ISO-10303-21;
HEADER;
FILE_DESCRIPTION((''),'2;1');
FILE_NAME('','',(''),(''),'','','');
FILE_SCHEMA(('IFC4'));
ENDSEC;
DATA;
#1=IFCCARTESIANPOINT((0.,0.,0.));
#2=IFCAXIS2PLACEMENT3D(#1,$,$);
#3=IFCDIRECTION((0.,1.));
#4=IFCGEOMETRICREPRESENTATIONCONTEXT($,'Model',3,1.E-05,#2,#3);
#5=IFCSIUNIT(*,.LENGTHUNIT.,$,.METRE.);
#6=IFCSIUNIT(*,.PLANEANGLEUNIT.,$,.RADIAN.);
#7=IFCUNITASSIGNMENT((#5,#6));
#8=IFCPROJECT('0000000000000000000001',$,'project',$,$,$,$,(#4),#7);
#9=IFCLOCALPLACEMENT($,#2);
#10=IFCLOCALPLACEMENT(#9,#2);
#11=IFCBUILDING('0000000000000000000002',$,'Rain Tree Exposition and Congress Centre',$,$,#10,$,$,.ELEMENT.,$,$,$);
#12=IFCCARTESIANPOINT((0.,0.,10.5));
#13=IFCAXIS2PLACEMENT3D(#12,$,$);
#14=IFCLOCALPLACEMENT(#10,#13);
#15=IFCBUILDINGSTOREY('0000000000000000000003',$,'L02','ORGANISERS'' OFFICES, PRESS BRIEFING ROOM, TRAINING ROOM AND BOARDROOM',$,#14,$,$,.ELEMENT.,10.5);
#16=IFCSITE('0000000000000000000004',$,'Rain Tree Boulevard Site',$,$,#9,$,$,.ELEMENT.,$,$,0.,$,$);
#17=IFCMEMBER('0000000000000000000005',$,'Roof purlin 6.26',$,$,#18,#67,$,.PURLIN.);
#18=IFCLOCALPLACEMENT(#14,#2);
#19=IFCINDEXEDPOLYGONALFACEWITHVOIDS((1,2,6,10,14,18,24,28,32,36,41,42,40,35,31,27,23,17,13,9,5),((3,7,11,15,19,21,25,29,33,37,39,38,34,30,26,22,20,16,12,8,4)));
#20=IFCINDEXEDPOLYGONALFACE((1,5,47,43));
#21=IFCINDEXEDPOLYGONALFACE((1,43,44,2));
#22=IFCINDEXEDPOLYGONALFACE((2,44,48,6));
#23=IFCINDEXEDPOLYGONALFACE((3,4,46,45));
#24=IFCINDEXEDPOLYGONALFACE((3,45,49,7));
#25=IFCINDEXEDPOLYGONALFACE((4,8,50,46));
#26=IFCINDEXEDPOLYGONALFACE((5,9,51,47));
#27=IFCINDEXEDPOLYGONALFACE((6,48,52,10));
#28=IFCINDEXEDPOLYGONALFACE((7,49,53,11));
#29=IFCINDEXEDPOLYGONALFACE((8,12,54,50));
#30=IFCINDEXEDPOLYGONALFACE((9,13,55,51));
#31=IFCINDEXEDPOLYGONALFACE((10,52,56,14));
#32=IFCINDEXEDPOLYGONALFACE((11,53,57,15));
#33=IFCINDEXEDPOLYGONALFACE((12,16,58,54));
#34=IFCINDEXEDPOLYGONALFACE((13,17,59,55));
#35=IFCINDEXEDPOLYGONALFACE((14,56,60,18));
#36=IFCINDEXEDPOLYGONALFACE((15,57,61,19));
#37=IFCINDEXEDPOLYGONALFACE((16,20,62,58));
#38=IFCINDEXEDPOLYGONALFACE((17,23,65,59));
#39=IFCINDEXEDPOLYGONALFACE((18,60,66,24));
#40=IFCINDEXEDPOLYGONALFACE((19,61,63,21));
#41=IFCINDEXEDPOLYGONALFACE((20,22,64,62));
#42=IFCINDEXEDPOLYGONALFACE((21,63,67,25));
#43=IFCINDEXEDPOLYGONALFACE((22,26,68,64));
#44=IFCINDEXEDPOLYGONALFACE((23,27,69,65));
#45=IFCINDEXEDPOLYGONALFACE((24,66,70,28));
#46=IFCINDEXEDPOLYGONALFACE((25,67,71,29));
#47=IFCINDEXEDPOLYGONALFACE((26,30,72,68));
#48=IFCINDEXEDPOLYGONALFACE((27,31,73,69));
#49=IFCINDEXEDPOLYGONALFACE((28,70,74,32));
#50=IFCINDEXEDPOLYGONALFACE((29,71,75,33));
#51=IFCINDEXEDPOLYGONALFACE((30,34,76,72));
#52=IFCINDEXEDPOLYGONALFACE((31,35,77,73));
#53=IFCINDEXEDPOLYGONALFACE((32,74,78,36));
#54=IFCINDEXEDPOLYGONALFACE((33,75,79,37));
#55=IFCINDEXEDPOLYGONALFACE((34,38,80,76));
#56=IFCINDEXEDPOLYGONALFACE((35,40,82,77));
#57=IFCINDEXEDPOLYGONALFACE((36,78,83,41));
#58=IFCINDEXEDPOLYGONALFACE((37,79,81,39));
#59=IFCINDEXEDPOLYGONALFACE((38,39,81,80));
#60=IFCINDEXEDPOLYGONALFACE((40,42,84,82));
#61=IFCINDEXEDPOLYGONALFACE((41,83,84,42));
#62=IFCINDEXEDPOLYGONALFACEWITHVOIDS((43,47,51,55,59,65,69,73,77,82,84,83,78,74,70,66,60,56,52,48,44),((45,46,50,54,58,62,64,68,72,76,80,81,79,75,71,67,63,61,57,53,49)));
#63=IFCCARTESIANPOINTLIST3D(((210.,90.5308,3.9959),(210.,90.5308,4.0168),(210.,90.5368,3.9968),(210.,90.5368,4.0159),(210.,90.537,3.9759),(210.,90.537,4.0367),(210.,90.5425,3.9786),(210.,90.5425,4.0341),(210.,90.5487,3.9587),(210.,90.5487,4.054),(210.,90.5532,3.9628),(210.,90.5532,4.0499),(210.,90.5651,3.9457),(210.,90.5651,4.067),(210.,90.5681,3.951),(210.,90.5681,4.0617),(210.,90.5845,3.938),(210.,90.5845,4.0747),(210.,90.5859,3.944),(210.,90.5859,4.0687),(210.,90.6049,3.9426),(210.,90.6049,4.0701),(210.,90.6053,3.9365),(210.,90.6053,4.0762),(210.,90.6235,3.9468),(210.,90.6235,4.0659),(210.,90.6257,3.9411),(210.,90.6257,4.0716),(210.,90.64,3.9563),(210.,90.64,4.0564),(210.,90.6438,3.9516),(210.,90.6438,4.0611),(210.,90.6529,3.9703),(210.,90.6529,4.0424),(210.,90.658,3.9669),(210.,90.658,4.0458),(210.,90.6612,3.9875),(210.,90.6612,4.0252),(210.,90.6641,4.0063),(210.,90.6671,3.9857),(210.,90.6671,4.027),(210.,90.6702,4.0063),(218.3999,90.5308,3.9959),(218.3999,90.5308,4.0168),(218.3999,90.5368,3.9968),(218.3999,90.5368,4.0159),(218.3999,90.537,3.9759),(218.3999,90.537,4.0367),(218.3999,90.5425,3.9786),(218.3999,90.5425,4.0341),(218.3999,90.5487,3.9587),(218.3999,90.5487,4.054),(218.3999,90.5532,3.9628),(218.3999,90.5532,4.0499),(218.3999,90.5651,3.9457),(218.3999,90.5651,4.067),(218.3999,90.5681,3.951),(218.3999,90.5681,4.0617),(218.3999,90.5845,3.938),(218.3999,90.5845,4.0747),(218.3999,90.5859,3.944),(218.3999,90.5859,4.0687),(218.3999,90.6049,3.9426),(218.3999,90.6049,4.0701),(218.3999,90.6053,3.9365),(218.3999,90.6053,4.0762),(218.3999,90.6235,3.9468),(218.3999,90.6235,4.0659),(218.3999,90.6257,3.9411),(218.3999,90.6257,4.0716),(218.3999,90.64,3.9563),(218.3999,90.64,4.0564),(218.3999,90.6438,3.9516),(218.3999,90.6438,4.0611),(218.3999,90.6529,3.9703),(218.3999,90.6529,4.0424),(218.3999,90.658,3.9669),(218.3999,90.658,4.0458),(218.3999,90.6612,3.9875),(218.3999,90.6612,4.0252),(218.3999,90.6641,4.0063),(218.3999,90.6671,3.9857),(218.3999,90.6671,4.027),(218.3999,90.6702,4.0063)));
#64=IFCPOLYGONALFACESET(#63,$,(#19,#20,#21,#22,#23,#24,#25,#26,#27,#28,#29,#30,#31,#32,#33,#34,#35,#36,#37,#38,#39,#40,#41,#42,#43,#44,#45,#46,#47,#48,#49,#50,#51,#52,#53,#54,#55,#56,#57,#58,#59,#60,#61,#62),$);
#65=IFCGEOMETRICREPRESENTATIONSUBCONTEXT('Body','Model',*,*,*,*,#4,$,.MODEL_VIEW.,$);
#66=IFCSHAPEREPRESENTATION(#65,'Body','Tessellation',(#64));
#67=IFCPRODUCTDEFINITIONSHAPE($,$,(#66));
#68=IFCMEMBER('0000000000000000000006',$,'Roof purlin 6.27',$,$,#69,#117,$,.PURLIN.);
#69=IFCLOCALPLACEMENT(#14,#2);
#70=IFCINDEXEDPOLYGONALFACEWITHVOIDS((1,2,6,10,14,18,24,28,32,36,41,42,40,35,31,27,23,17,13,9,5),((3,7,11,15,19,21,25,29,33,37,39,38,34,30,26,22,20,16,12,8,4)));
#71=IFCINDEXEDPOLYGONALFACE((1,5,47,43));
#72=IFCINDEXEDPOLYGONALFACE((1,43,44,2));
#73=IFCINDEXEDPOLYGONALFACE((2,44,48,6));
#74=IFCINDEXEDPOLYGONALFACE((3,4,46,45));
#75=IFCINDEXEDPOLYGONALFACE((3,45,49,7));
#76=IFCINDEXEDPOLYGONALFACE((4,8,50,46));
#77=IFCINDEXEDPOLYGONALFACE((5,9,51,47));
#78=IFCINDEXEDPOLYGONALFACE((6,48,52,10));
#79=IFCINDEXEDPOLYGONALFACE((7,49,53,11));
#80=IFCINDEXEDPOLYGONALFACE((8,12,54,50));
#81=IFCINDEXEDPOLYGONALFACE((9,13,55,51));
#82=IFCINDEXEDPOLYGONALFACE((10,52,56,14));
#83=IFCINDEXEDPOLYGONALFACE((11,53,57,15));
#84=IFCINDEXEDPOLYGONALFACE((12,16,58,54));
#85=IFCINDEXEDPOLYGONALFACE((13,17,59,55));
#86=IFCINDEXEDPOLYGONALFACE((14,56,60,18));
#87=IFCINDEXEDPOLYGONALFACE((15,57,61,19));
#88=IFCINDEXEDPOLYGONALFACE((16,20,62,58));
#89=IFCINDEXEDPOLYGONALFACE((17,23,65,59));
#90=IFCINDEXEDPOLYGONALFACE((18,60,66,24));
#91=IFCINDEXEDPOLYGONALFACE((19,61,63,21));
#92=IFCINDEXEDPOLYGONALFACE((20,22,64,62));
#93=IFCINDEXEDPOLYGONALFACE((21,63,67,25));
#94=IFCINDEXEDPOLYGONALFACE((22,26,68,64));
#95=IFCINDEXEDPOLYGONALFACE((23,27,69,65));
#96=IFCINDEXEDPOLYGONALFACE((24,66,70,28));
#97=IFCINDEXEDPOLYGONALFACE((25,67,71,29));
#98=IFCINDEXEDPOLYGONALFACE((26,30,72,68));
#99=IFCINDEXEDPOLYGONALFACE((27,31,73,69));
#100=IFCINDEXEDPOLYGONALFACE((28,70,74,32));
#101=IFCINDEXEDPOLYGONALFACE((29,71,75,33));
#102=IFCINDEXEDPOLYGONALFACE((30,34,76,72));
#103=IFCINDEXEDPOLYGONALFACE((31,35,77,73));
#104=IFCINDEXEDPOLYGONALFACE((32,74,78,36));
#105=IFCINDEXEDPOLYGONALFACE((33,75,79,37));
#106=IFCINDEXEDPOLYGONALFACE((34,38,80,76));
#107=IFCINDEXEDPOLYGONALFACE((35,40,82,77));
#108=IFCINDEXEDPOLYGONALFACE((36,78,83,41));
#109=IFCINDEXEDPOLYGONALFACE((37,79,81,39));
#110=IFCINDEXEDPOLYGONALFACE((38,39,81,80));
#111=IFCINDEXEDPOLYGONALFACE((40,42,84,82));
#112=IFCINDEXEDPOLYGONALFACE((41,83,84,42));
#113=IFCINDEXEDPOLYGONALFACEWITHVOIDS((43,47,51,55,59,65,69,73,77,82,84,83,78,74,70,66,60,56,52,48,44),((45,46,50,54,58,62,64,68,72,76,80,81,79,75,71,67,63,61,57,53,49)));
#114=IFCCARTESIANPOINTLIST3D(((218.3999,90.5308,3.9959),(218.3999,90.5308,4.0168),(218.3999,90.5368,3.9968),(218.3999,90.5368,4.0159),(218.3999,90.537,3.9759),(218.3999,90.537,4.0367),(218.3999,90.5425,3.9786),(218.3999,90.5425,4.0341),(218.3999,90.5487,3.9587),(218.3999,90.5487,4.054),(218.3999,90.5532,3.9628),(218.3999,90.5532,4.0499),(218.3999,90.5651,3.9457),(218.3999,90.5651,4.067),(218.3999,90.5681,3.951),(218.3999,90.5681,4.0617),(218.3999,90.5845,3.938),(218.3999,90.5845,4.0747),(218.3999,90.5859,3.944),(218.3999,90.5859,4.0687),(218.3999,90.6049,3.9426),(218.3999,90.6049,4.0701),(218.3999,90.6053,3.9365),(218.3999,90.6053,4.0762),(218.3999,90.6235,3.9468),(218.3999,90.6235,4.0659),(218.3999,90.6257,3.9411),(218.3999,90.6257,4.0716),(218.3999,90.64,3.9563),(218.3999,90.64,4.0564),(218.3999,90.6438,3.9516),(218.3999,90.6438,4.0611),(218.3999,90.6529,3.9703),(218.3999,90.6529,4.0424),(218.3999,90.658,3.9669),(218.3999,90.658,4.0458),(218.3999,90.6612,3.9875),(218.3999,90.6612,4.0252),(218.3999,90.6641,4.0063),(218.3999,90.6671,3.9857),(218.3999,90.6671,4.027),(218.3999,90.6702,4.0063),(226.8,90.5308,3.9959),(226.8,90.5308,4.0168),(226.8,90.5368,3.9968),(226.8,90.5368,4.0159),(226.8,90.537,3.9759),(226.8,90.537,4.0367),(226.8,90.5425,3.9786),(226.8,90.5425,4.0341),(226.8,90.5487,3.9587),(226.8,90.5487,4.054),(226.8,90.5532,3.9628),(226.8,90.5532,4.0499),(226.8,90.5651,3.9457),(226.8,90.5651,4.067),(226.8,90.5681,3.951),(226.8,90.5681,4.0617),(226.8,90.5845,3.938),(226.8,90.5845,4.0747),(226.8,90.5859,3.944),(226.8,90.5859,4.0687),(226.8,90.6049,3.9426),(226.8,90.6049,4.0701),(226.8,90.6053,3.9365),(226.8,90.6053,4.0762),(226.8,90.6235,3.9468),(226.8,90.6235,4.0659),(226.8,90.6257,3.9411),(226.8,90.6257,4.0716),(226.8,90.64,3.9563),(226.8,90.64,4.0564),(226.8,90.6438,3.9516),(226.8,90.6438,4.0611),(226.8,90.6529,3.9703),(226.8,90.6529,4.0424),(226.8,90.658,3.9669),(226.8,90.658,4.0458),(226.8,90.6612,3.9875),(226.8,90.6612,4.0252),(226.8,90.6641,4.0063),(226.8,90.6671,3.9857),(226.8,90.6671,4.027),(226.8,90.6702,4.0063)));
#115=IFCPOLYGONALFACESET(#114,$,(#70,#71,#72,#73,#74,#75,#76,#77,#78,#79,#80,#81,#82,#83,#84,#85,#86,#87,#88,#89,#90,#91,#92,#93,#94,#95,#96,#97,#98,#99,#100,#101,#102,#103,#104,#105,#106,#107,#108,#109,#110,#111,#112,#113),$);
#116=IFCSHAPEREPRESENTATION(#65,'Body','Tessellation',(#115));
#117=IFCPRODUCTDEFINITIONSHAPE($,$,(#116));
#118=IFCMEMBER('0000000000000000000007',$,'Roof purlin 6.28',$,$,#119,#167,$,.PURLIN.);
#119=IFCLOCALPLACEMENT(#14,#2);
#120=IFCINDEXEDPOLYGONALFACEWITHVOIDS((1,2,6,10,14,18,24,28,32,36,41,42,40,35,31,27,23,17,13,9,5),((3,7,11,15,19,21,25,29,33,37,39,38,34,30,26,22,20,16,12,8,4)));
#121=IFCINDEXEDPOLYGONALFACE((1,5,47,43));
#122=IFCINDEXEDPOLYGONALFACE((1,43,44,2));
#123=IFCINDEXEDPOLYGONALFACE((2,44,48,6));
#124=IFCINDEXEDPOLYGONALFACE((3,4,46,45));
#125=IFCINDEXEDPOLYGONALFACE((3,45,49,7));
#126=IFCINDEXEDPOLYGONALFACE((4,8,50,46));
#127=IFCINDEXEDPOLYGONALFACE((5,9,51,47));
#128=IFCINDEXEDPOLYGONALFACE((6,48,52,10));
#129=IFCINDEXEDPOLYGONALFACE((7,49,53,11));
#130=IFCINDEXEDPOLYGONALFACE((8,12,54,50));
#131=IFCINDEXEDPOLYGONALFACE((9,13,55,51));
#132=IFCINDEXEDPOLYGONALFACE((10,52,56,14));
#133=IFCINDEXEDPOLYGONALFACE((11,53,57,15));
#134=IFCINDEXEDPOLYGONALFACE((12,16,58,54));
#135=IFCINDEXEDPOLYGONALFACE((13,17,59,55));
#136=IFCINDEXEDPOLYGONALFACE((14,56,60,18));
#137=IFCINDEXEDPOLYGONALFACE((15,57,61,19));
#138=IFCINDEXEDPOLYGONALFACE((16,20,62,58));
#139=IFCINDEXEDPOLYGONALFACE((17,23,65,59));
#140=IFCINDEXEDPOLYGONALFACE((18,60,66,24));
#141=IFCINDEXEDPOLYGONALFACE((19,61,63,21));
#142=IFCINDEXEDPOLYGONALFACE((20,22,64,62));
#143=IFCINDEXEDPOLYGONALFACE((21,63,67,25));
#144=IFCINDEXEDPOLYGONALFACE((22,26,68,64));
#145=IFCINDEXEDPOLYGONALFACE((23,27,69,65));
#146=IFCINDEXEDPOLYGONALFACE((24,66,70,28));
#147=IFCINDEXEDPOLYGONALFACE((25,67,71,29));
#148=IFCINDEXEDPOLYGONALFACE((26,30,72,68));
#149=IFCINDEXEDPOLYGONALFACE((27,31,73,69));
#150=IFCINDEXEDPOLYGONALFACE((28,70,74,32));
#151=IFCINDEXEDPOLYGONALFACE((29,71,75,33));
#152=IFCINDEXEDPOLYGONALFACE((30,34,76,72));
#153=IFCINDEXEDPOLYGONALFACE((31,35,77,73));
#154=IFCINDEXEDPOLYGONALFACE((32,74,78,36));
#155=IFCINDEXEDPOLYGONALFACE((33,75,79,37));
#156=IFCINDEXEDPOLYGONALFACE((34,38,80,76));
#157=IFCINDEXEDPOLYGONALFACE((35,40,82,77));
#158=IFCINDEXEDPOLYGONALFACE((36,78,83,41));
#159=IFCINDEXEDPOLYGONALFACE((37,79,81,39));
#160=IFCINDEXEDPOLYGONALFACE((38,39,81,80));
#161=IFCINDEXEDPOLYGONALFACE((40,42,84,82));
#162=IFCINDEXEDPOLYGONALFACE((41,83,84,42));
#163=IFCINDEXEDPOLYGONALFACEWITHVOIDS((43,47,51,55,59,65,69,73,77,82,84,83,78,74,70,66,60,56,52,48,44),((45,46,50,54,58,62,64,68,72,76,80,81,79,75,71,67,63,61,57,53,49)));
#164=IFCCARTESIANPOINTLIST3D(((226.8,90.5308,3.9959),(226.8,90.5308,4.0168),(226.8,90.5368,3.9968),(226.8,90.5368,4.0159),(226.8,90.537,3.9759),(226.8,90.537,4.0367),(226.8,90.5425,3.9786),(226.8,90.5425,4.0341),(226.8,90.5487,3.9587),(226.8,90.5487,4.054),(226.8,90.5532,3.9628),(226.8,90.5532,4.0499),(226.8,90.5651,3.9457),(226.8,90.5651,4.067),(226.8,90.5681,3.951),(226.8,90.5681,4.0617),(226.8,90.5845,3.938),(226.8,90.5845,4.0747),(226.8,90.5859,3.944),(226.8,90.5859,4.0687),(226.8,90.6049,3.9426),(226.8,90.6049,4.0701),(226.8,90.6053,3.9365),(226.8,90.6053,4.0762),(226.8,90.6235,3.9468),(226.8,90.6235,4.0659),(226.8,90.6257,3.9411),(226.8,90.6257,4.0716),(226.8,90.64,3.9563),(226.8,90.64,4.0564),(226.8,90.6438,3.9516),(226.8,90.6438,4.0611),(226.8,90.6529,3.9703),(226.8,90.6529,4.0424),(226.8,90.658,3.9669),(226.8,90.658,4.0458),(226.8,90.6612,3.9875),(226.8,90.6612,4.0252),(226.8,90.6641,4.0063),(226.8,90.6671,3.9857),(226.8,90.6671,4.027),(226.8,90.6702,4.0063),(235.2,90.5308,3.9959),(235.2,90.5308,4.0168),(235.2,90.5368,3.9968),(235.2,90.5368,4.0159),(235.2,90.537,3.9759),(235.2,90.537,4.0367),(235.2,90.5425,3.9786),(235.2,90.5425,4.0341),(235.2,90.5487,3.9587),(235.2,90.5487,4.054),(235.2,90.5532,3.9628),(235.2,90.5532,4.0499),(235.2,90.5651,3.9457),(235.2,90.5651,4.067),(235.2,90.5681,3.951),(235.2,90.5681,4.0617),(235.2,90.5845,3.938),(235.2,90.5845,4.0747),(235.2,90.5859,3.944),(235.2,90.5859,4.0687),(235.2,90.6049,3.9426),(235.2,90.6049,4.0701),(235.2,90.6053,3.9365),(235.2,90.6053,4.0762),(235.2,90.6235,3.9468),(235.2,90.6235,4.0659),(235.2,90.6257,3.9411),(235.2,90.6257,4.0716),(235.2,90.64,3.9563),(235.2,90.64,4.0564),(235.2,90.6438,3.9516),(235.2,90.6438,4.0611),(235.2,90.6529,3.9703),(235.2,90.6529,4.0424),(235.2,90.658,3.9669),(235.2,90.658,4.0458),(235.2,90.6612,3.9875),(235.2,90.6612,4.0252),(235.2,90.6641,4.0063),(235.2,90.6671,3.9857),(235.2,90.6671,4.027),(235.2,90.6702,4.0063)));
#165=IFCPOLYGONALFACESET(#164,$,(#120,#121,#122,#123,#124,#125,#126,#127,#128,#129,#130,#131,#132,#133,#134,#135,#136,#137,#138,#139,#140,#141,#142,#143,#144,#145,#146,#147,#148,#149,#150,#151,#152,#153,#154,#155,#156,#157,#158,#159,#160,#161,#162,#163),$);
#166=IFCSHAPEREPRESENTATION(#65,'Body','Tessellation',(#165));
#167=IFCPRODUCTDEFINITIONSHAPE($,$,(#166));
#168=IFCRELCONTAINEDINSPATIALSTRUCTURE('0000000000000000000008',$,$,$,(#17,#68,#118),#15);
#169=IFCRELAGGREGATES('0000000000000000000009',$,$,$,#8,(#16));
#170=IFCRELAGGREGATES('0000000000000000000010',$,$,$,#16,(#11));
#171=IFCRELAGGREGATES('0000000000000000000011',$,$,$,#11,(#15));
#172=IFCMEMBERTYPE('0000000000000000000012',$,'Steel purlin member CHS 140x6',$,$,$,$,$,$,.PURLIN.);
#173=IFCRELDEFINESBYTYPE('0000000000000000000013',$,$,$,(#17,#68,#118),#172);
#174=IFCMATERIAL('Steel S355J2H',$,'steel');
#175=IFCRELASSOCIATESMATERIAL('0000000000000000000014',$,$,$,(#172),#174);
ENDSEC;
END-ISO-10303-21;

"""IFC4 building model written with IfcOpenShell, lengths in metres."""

from ifc_helpers import new_model, si_unit, direction, frame, origin, origin_2d, place, context, subcontext, project, spatial, hollow_circle, extrude, material, material_profile, profile_set, type_object, element, save


model = new_model("IFC4")

# Units and contexts
model_context = context("Model", 3, precision=1e-05, world=origin(), true_north=direction((0.0, 1.0)))
body_context = subcontext(model_context, "Body", "Model", "MODEL_VIEW")
ifc_project = project(units=[si_unit("LENGTHUNIT", "METRE"), si_unit("PLANEANGLEUNIT", "RADIAN")], contexts=[model_context])

# Site, building, storey
site_placement = place(None, origin())
site = spatial("IfcSite", under=ifc_project, at=site_placement, Name="Rain Tree Boulevard Site", CompositionType="ELEMENT", RefElevation=0.0)
building_placement = place(site_placement, origin())
building = spatial("IfcBuilding", under=site, at=building_placement, Name="Rain Tree Exposition and Congress Centre", CompositionType="ELEMENT")
storey_placement = place(building_placement, frame((0.0, 0.0, 10.5)))
storey = spatial("IfcBuildingStorey", under=building, at=storey_placement, Name="L02", Description="ORGANISERS' OFFICES, PRESS BRIEFING ROOM, TRAINING ROOM AND BOARDROOM", CompositionType="ELEMENT", Elevation=10.5)

# Members
ifc_material_1 = material(Name="Steel S355J2H", Category="steel")
ifc_material_profile_1 = material_profile(ifc_material_1, hollow_circle(Radius=0.0701, WallThickness=0.0061, at=origin_2d()), Name="CHS 140x6")
ifc_profile_set_1 = profile_set([ifc_material_profile_1], Name="Steel S355J2H")
member_type_1 = type_object("IfcMemberType", Name="Steel purlin member CHS 140x6", PredefinedType="PURLIN", material=ifc_profile_set_1)
member_1_placement = place(storey_placement, frame((210.0, 90.6001, 4.0063), z_axis=(1.0, 0.0, 0.0), x_axis=(0.0, 1.0, 0.0)))
element("IfcMember", 1, at=member_1_placement, inside=storey, type_object=member_type_1, Name="Roof purlin 6.26", PredefinedType="PURLIN", context=body_context, shape_type="SweptSolid", body=[
    extrude(hollow_circle(Radius=0.0701, WallThickness=0.0061, at=origin_2d()), origin(), (0.0, 0.0, 1.0), 8.3999),
])
member_2_placement = place(storey_placement, frame((218.3999, 90.6001, 4.0063), z_axis=(1.0, 0.0, 0.0), x_axis=(0.0, 1.0, 0.0)))
element("IfcMember", 2, at=member_2_placement, inside=storey, type_object=member_type_1, Name="Roof purlin 6.27", PredefinedType="PURLIN", context=body_context, shape_type="SweptSolid", body=[
    extrude(hollow_circle(Radius=0.0701, WallThickness=0.0061, at=origin_2d()), origin(), (0.0, 0.0, 1.0), 8.4001),
])
for number, where, z_axis, x_axis, name in (
    (3, (226.8, 90.6001, 4.0063), (1.0, 0.0, 0.0), (0.0, 1.0, 0.0), "Roof purlin 6.28"),
):
    element("IfcMember", number, at=place(storey_placement, frame(where, z_axis=z_axis, x_axis=x_axis)), inside=storey, type_object=member_type_1, Name=name, PredefinedType="PURLIN", context=body_context, shape_type="SweptSolid", body=[
        extrude(hollow_circle(Radius=0.0701, WallThickness=0.0061, at=origin_2d()), origin(), (0.0, 0.0, 1.0), 8.3999),
    ])

save(model, "model.ifc")
